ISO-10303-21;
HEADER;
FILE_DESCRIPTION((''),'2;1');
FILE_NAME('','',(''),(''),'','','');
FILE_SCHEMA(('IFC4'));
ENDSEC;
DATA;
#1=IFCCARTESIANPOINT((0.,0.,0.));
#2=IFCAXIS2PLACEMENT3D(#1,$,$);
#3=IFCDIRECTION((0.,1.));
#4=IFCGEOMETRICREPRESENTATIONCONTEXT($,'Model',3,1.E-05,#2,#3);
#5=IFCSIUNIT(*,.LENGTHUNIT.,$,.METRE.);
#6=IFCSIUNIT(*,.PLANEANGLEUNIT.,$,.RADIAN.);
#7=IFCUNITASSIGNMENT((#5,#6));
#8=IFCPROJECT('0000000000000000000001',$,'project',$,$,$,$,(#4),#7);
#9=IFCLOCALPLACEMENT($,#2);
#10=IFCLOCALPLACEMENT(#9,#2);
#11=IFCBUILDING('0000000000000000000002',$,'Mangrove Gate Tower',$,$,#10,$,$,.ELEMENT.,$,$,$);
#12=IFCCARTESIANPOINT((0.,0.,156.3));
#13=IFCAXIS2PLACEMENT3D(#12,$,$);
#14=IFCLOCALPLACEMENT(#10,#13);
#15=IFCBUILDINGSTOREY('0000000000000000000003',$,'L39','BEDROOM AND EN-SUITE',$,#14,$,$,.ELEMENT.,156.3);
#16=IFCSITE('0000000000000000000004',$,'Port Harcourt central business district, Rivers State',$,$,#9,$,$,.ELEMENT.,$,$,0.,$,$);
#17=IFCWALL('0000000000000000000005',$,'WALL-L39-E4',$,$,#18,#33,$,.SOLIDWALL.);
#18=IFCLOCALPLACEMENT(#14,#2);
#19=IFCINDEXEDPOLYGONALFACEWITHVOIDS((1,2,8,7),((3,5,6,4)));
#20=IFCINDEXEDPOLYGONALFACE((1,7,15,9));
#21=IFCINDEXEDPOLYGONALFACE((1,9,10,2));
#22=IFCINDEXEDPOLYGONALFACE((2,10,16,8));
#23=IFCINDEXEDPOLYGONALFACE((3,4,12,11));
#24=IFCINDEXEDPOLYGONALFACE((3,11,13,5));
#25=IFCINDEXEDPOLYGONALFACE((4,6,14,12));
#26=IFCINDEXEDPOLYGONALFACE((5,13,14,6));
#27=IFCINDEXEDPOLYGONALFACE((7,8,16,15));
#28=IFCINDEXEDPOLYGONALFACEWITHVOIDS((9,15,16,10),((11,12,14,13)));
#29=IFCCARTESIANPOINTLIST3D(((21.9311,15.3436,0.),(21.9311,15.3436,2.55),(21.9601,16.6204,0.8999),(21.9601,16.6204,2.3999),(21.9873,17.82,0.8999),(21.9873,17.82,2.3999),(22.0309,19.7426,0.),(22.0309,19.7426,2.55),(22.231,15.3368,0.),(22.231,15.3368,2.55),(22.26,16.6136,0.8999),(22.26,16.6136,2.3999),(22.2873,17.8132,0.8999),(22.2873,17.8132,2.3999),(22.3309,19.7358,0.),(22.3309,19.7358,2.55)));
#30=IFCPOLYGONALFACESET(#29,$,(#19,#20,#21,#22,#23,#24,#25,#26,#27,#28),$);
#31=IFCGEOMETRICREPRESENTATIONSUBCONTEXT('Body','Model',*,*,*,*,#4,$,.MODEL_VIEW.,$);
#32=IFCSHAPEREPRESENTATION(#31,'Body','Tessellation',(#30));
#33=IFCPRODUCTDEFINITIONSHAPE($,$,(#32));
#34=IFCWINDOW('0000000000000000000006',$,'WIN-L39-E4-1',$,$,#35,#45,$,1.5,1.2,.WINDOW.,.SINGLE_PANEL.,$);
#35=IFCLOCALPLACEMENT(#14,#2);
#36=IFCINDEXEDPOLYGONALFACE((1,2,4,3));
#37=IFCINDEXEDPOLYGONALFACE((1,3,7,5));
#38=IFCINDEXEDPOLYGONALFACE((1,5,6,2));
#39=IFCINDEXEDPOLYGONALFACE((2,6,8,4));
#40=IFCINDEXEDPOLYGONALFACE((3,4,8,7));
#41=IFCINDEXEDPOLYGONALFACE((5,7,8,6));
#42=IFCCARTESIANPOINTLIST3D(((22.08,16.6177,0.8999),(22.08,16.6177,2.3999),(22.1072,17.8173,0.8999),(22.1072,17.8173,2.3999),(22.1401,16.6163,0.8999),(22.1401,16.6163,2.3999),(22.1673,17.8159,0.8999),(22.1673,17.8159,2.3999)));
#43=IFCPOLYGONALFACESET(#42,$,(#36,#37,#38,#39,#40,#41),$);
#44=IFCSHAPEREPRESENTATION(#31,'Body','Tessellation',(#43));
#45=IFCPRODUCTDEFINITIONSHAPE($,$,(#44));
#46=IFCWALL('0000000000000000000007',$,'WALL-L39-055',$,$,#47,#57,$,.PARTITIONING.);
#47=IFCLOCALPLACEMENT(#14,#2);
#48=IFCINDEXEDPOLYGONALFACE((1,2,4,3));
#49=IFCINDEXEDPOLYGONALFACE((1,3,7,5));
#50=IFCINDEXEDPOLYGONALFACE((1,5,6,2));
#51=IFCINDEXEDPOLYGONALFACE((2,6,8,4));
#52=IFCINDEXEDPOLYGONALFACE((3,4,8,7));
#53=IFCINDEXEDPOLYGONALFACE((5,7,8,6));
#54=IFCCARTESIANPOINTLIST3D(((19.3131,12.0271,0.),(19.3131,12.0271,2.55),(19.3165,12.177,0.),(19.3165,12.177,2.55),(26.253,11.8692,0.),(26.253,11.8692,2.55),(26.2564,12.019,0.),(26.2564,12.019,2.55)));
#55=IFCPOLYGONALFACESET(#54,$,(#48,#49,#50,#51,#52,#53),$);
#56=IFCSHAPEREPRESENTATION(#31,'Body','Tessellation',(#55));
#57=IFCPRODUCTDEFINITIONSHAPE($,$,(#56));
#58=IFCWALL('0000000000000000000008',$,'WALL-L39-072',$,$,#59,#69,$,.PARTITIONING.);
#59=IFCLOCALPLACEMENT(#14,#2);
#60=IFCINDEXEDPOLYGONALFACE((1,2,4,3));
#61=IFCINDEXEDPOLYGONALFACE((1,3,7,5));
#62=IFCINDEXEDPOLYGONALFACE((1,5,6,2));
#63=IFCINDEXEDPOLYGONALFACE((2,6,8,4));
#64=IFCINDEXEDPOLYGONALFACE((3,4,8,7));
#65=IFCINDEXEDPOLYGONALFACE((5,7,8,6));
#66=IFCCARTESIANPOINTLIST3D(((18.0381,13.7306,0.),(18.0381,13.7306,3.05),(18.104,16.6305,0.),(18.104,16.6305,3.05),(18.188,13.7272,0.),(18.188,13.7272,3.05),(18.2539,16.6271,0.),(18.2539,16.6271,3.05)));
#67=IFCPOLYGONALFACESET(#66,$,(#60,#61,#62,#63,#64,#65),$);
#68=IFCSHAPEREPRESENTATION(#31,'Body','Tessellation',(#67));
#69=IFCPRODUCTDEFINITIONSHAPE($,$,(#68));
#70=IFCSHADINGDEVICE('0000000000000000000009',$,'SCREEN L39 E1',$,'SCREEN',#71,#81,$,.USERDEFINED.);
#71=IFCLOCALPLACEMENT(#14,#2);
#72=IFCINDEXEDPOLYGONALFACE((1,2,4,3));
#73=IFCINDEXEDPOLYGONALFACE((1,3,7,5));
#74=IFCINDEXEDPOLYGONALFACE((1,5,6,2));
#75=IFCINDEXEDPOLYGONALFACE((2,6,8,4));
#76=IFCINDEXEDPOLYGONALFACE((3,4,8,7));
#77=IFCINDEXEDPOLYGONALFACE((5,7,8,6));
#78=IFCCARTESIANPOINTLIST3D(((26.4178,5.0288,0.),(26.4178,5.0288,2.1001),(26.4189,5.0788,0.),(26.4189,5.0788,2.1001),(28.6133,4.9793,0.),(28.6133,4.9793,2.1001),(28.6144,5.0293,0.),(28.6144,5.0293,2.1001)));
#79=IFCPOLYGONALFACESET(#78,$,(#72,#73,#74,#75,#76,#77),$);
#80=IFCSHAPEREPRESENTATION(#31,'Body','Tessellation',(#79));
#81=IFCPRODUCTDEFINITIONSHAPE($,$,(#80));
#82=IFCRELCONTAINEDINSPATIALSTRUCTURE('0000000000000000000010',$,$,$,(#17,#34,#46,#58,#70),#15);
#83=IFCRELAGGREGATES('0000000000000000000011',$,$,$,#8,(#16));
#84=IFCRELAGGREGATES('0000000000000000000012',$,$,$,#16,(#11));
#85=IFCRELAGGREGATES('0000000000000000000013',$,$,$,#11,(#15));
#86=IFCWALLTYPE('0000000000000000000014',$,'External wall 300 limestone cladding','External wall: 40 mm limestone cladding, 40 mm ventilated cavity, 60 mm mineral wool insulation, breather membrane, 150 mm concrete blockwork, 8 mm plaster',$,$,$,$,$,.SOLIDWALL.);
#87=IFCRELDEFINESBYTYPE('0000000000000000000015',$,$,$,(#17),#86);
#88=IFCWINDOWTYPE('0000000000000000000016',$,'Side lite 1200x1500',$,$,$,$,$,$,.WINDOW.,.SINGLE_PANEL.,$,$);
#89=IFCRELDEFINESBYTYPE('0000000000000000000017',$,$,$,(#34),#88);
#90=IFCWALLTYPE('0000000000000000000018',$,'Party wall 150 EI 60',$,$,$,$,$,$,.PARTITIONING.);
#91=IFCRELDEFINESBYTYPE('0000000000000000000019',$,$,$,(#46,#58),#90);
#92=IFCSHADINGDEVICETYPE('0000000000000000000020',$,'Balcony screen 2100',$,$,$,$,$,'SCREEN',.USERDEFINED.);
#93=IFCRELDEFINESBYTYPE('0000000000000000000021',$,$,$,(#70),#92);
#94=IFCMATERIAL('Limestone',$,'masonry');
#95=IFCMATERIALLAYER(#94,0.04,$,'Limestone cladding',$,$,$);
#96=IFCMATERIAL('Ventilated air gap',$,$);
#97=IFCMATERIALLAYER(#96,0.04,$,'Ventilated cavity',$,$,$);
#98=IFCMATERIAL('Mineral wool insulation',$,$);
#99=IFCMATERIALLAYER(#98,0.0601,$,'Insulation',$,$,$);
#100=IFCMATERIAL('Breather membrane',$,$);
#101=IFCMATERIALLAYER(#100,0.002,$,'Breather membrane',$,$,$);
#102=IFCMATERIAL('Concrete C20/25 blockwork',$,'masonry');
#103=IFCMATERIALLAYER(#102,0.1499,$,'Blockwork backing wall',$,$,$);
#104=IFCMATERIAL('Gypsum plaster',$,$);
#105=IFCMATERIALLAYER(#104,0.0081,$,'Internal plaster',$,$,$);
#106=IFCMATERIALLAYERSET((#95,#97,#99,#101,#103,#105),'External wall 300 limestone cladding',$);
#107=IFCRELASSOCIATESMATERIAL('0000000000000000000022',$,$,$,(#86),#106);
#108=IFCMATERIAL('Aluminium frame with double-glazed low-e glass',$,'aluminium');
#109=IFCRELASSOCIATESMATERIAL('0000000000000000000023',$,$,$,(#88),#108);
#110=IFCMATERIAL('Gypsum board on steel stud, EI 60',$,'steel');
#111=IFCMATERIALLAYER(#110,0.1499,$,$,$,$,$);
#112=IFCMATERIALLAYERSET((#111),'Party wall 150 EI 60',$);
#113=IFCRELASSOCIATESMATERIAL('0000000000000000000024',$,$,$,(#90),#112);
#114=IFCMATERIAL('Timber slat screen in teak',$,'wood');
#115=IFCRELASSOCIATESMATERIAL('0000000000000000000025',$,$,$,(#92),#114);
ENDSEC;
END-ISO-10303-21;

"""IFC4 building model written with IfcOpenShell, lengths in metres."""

from ifc_helpers import new_model, si_unit, direction, frame, frame_2d, origin, origin_2d, place, context, subcontext, project, spatial, rectangle, extrude, material, layer, layer_set, type_object, element, fill, save


model = new_model("IFC4")

# Units and contexts
model_context = context("Model", 3, precision=1e-05, world=origin(), true_north=direction((0.0, 1.0)))
body_context = subcontext(model_context, "Body", "Model", "MODEL_VIEW")
ifc_project = project(units=[si_unit("LENGTHUNIT", "METRE"), si_unit("PLANEANGLEUNIT", "RADIAN")], contexts=[model_context])

# Site, building, storey
site_placement = place(None, origin())
site = spatial("IfcSite", under=ifc_project, at=site_placement, Name="Port Harcourt central business district, Rivers State", CompositionType="ELEMENT", RefElevation=0.0)
building_placement = place(site_placement, origin())
building = spatial("IfcBuilding", under=site, at=building_placement, Name="Mangrove Gate Tower", CompositionType="ELEMENT")
storey_placement = place(building_placement, frame((0.0, 0.0, 156.3)))
storey = spatial("IfcBuildingStorey", under=building, at=storey_placement, Name="L39", Description="BEDROOM AND EN-SUITE", CompositionType="ELEMENT", Elevation=156.3)

# Wall, opening, window
ifc_material_1 = material(Name="Limestone", Category="masonry")
ifc_layer_1 = layer(ifc_material_1, 0.04, Name="Limestone cladding")
ifc_material_2 = material(Name="Ventilated air gap")
ifc_layer_2 = layer(ifc_material_2, 0.04, Name="Ventilated cavity")
ifc_material_3 = material(Name="Mineral wool insulation")
ifc_layer_3 = layer(ifc_material_3, 0.0601, Name="Insulation")
ifc_material_4 = material(Name="Breather membrane")
ifc_layer_4 = layer(ifc_material_4, 0.002, Name="Breather membrane")
ifc_material_5 = material(Name="Concrete C20/25 blockwork", Category="masonry")
ifc_layer_5 = layer(ifc_material_5, 0.1499, Name="Blockwork backing wall")
ifc_material_6 = material(Name="Gypsum plaster")
ifc_layer_6 = layer(ifc_material_6, 0.0081, Name="Internal plaster")
ifc_layer_set_1 = layer_set([ifc_layer_1, ifc_layer_2, ifc_layer_3, ifc_layer_4, ifc_layer_5, ifc_layer_6], Name="External wall 300 limestone cladding")
wall_type_1 = type_object("IfcWallType", Name="External wall 300 limestone cladding", Description="External wall: 40 mm limestone cladding, 40 mm ventilated cavity, 60 mm mineral wool insulation, breather membrane, 150 mm concrete blockwork, 8 mm plaster", PredefinedType="SOLIDWALL", material=ifc_layer_set_1)
ifc_material_7 = material(Name="Aluminium frame with double-glazed low-e glass", Category="aluminium")
window_type_1 = type_object("IfcWindowType", Name="Side lite 1200x1500", PartitioningType="SINGLE_PANEL", PredefinedType="WINDOW", material=ifc_material_7)
wall_1_placement = place(storey_placement, frame((22.0811, 15.3401, 0.0), z_axis=(0.0, 0.0, 1.0), x_axis=(0.022694, 0.999742, 0.0)))
wall_1 = element("IfcWall", 1, at=wall_1_placement, inside=storey, type_object=wall_type_1, Name="WALL-L39-E4", PredefinedType="SOLIDWALL", context=body_context, shape_type="SweptSolid", body=[
    extrude(rectangle(XDim=4.4001, YDim=0.3, at=frame_2d((2.2002, 0.0))), origin(), (0.0, 0.0, 1.0), 2.55),
])
opening_1_placement = place(wall_1_placement, frame((1.2771, 0.0, 0.8999)))
opening_1 = element("IfcOpeningElement", 2, at=opening_1_placement, cuts=wall_1, PredefinedType="OPENING", context=body_context, shape_type="SweptSolid", body=[
    extrude(rectangle(XDim=1.2, YDim=1.5, at=frame_2d((0.6001, 0.75))), frame((0.0, 0.1599, 0.0), z_axis=(0.0, -1.0, 0.0), x_axis=(1.0, 0.0, 0.0)), (0.0, 0.0, 1.0), 0.3201),
])
window_1_placement = place(opening_1_placement, origin())
window_1 = element("IfcWindow", 3, at=window_1_placement, inside=storey, type_object=window_type_1, Name="WIN-L39-E4-1", OverallHeight=1.5, OverallWidth=1.2, PartitioningType="SINGLE_PANEL", PredefinedType="WINDOW", context=body_context, shape_type="SweptSolid", body=[
    extrude(rectangle(XDim=1.2, YDim=1.5, at=frame_2d((0.6001, 0.75))), frame((0.0, 0.03, 0.0), z_axis=(0.0, -1.0, 0.0), x_axis=(1.0, 0.0, 0.0)), (0.0, 0.0, 1.0), 0.0601),
])
fill(opening_1, window_1)

# Walls
ifc_material_8 = material(Name="Gypsum board on steel stud, EI 60", Category="steel")
ifc_layer_7 = layer(ifc_material_8, 0.1499)
ifc_layer_set_2 = layer_set([ifc_layer_7], Name="Party wall 150 EI 60")
wall_type_2 = type_object("IfcWallType", Name="Party wall 150 EI 60", PredefinedType="PARTITIONING", material=ifc_layer_set_2)
wall_2_placement = place(storey_placement, frame((19.3149, 12.1021, 0.0), z_axis=(0.0, 0.0, 1.0), x_axis=(0.999741, -0.022755, 0.0)))
element("IfcWall", 4, at=wall_2_placement, inside=storey, type_object=wall_type_2, Name="WALL-L39-055", PredefinedType="PARTITIONING", context=body_context, shape_type="SweptSolid", body=[
    extrude(rectangle(XDim=6.9417, YDim=0.1499, at=frame_2d((3.4707, 0.0))), origin(), (0.0, 0.0, 1.0), 2.55),
])
wall_3_placement = place(storey_placement, frame((18.113, 13.729, 0.0), z_axis=(0.0, 0.0, 1.0), x_axis=(0.022725, 0.999742, 0.0)))
element("IfcWall", 5, at=wall_3_placement, inside=storey, type_object=wall_type_2, Name="WALL-L39-072", PredefinedType="PARTITIONING", context=body_context, shape_type="SweptSolid", body=[
    extrude(rectangle(XDim=2.9006, YDim=0.1499, at=frame_2d((1.4502, 0.0))), origin(), (0.0, 0.0, 1.0), 3.05),
])

# Shading device
ifc_material_9 = material(Name="Timber slat screen in teak", Category="wood")
shading_device_type = type_object("IfcShadingDeviceType", Name="Balcony screen 2100", ElementType="SCREEN", PredefinedType="USERDEFINED", material=ifc_material_9)
shading_device_placement = place(storey_placement, frame((27.5161, 5.0291, 0.0), z_axis=(0.0, 0.0, 1.0), x_axis=(0.999746, -0.022548, 0.0)))
element("IfcShadingDevice", 6, at=shading_device_placement, inside=storey, type_object=shading_device_type, Name="SCREEN L39 E1", ObjectType="SCREEN", PredefinedType="USERDEFINED", context=body_context, shape_type="SweptSolid", body=[
    extrude(rectangle(XDim=2.196, YDim=0.05, at=origin_2d()), origin(), (0.0, 0.0, 1.0), 2.1001),
])

save(model, "model.ifc")
